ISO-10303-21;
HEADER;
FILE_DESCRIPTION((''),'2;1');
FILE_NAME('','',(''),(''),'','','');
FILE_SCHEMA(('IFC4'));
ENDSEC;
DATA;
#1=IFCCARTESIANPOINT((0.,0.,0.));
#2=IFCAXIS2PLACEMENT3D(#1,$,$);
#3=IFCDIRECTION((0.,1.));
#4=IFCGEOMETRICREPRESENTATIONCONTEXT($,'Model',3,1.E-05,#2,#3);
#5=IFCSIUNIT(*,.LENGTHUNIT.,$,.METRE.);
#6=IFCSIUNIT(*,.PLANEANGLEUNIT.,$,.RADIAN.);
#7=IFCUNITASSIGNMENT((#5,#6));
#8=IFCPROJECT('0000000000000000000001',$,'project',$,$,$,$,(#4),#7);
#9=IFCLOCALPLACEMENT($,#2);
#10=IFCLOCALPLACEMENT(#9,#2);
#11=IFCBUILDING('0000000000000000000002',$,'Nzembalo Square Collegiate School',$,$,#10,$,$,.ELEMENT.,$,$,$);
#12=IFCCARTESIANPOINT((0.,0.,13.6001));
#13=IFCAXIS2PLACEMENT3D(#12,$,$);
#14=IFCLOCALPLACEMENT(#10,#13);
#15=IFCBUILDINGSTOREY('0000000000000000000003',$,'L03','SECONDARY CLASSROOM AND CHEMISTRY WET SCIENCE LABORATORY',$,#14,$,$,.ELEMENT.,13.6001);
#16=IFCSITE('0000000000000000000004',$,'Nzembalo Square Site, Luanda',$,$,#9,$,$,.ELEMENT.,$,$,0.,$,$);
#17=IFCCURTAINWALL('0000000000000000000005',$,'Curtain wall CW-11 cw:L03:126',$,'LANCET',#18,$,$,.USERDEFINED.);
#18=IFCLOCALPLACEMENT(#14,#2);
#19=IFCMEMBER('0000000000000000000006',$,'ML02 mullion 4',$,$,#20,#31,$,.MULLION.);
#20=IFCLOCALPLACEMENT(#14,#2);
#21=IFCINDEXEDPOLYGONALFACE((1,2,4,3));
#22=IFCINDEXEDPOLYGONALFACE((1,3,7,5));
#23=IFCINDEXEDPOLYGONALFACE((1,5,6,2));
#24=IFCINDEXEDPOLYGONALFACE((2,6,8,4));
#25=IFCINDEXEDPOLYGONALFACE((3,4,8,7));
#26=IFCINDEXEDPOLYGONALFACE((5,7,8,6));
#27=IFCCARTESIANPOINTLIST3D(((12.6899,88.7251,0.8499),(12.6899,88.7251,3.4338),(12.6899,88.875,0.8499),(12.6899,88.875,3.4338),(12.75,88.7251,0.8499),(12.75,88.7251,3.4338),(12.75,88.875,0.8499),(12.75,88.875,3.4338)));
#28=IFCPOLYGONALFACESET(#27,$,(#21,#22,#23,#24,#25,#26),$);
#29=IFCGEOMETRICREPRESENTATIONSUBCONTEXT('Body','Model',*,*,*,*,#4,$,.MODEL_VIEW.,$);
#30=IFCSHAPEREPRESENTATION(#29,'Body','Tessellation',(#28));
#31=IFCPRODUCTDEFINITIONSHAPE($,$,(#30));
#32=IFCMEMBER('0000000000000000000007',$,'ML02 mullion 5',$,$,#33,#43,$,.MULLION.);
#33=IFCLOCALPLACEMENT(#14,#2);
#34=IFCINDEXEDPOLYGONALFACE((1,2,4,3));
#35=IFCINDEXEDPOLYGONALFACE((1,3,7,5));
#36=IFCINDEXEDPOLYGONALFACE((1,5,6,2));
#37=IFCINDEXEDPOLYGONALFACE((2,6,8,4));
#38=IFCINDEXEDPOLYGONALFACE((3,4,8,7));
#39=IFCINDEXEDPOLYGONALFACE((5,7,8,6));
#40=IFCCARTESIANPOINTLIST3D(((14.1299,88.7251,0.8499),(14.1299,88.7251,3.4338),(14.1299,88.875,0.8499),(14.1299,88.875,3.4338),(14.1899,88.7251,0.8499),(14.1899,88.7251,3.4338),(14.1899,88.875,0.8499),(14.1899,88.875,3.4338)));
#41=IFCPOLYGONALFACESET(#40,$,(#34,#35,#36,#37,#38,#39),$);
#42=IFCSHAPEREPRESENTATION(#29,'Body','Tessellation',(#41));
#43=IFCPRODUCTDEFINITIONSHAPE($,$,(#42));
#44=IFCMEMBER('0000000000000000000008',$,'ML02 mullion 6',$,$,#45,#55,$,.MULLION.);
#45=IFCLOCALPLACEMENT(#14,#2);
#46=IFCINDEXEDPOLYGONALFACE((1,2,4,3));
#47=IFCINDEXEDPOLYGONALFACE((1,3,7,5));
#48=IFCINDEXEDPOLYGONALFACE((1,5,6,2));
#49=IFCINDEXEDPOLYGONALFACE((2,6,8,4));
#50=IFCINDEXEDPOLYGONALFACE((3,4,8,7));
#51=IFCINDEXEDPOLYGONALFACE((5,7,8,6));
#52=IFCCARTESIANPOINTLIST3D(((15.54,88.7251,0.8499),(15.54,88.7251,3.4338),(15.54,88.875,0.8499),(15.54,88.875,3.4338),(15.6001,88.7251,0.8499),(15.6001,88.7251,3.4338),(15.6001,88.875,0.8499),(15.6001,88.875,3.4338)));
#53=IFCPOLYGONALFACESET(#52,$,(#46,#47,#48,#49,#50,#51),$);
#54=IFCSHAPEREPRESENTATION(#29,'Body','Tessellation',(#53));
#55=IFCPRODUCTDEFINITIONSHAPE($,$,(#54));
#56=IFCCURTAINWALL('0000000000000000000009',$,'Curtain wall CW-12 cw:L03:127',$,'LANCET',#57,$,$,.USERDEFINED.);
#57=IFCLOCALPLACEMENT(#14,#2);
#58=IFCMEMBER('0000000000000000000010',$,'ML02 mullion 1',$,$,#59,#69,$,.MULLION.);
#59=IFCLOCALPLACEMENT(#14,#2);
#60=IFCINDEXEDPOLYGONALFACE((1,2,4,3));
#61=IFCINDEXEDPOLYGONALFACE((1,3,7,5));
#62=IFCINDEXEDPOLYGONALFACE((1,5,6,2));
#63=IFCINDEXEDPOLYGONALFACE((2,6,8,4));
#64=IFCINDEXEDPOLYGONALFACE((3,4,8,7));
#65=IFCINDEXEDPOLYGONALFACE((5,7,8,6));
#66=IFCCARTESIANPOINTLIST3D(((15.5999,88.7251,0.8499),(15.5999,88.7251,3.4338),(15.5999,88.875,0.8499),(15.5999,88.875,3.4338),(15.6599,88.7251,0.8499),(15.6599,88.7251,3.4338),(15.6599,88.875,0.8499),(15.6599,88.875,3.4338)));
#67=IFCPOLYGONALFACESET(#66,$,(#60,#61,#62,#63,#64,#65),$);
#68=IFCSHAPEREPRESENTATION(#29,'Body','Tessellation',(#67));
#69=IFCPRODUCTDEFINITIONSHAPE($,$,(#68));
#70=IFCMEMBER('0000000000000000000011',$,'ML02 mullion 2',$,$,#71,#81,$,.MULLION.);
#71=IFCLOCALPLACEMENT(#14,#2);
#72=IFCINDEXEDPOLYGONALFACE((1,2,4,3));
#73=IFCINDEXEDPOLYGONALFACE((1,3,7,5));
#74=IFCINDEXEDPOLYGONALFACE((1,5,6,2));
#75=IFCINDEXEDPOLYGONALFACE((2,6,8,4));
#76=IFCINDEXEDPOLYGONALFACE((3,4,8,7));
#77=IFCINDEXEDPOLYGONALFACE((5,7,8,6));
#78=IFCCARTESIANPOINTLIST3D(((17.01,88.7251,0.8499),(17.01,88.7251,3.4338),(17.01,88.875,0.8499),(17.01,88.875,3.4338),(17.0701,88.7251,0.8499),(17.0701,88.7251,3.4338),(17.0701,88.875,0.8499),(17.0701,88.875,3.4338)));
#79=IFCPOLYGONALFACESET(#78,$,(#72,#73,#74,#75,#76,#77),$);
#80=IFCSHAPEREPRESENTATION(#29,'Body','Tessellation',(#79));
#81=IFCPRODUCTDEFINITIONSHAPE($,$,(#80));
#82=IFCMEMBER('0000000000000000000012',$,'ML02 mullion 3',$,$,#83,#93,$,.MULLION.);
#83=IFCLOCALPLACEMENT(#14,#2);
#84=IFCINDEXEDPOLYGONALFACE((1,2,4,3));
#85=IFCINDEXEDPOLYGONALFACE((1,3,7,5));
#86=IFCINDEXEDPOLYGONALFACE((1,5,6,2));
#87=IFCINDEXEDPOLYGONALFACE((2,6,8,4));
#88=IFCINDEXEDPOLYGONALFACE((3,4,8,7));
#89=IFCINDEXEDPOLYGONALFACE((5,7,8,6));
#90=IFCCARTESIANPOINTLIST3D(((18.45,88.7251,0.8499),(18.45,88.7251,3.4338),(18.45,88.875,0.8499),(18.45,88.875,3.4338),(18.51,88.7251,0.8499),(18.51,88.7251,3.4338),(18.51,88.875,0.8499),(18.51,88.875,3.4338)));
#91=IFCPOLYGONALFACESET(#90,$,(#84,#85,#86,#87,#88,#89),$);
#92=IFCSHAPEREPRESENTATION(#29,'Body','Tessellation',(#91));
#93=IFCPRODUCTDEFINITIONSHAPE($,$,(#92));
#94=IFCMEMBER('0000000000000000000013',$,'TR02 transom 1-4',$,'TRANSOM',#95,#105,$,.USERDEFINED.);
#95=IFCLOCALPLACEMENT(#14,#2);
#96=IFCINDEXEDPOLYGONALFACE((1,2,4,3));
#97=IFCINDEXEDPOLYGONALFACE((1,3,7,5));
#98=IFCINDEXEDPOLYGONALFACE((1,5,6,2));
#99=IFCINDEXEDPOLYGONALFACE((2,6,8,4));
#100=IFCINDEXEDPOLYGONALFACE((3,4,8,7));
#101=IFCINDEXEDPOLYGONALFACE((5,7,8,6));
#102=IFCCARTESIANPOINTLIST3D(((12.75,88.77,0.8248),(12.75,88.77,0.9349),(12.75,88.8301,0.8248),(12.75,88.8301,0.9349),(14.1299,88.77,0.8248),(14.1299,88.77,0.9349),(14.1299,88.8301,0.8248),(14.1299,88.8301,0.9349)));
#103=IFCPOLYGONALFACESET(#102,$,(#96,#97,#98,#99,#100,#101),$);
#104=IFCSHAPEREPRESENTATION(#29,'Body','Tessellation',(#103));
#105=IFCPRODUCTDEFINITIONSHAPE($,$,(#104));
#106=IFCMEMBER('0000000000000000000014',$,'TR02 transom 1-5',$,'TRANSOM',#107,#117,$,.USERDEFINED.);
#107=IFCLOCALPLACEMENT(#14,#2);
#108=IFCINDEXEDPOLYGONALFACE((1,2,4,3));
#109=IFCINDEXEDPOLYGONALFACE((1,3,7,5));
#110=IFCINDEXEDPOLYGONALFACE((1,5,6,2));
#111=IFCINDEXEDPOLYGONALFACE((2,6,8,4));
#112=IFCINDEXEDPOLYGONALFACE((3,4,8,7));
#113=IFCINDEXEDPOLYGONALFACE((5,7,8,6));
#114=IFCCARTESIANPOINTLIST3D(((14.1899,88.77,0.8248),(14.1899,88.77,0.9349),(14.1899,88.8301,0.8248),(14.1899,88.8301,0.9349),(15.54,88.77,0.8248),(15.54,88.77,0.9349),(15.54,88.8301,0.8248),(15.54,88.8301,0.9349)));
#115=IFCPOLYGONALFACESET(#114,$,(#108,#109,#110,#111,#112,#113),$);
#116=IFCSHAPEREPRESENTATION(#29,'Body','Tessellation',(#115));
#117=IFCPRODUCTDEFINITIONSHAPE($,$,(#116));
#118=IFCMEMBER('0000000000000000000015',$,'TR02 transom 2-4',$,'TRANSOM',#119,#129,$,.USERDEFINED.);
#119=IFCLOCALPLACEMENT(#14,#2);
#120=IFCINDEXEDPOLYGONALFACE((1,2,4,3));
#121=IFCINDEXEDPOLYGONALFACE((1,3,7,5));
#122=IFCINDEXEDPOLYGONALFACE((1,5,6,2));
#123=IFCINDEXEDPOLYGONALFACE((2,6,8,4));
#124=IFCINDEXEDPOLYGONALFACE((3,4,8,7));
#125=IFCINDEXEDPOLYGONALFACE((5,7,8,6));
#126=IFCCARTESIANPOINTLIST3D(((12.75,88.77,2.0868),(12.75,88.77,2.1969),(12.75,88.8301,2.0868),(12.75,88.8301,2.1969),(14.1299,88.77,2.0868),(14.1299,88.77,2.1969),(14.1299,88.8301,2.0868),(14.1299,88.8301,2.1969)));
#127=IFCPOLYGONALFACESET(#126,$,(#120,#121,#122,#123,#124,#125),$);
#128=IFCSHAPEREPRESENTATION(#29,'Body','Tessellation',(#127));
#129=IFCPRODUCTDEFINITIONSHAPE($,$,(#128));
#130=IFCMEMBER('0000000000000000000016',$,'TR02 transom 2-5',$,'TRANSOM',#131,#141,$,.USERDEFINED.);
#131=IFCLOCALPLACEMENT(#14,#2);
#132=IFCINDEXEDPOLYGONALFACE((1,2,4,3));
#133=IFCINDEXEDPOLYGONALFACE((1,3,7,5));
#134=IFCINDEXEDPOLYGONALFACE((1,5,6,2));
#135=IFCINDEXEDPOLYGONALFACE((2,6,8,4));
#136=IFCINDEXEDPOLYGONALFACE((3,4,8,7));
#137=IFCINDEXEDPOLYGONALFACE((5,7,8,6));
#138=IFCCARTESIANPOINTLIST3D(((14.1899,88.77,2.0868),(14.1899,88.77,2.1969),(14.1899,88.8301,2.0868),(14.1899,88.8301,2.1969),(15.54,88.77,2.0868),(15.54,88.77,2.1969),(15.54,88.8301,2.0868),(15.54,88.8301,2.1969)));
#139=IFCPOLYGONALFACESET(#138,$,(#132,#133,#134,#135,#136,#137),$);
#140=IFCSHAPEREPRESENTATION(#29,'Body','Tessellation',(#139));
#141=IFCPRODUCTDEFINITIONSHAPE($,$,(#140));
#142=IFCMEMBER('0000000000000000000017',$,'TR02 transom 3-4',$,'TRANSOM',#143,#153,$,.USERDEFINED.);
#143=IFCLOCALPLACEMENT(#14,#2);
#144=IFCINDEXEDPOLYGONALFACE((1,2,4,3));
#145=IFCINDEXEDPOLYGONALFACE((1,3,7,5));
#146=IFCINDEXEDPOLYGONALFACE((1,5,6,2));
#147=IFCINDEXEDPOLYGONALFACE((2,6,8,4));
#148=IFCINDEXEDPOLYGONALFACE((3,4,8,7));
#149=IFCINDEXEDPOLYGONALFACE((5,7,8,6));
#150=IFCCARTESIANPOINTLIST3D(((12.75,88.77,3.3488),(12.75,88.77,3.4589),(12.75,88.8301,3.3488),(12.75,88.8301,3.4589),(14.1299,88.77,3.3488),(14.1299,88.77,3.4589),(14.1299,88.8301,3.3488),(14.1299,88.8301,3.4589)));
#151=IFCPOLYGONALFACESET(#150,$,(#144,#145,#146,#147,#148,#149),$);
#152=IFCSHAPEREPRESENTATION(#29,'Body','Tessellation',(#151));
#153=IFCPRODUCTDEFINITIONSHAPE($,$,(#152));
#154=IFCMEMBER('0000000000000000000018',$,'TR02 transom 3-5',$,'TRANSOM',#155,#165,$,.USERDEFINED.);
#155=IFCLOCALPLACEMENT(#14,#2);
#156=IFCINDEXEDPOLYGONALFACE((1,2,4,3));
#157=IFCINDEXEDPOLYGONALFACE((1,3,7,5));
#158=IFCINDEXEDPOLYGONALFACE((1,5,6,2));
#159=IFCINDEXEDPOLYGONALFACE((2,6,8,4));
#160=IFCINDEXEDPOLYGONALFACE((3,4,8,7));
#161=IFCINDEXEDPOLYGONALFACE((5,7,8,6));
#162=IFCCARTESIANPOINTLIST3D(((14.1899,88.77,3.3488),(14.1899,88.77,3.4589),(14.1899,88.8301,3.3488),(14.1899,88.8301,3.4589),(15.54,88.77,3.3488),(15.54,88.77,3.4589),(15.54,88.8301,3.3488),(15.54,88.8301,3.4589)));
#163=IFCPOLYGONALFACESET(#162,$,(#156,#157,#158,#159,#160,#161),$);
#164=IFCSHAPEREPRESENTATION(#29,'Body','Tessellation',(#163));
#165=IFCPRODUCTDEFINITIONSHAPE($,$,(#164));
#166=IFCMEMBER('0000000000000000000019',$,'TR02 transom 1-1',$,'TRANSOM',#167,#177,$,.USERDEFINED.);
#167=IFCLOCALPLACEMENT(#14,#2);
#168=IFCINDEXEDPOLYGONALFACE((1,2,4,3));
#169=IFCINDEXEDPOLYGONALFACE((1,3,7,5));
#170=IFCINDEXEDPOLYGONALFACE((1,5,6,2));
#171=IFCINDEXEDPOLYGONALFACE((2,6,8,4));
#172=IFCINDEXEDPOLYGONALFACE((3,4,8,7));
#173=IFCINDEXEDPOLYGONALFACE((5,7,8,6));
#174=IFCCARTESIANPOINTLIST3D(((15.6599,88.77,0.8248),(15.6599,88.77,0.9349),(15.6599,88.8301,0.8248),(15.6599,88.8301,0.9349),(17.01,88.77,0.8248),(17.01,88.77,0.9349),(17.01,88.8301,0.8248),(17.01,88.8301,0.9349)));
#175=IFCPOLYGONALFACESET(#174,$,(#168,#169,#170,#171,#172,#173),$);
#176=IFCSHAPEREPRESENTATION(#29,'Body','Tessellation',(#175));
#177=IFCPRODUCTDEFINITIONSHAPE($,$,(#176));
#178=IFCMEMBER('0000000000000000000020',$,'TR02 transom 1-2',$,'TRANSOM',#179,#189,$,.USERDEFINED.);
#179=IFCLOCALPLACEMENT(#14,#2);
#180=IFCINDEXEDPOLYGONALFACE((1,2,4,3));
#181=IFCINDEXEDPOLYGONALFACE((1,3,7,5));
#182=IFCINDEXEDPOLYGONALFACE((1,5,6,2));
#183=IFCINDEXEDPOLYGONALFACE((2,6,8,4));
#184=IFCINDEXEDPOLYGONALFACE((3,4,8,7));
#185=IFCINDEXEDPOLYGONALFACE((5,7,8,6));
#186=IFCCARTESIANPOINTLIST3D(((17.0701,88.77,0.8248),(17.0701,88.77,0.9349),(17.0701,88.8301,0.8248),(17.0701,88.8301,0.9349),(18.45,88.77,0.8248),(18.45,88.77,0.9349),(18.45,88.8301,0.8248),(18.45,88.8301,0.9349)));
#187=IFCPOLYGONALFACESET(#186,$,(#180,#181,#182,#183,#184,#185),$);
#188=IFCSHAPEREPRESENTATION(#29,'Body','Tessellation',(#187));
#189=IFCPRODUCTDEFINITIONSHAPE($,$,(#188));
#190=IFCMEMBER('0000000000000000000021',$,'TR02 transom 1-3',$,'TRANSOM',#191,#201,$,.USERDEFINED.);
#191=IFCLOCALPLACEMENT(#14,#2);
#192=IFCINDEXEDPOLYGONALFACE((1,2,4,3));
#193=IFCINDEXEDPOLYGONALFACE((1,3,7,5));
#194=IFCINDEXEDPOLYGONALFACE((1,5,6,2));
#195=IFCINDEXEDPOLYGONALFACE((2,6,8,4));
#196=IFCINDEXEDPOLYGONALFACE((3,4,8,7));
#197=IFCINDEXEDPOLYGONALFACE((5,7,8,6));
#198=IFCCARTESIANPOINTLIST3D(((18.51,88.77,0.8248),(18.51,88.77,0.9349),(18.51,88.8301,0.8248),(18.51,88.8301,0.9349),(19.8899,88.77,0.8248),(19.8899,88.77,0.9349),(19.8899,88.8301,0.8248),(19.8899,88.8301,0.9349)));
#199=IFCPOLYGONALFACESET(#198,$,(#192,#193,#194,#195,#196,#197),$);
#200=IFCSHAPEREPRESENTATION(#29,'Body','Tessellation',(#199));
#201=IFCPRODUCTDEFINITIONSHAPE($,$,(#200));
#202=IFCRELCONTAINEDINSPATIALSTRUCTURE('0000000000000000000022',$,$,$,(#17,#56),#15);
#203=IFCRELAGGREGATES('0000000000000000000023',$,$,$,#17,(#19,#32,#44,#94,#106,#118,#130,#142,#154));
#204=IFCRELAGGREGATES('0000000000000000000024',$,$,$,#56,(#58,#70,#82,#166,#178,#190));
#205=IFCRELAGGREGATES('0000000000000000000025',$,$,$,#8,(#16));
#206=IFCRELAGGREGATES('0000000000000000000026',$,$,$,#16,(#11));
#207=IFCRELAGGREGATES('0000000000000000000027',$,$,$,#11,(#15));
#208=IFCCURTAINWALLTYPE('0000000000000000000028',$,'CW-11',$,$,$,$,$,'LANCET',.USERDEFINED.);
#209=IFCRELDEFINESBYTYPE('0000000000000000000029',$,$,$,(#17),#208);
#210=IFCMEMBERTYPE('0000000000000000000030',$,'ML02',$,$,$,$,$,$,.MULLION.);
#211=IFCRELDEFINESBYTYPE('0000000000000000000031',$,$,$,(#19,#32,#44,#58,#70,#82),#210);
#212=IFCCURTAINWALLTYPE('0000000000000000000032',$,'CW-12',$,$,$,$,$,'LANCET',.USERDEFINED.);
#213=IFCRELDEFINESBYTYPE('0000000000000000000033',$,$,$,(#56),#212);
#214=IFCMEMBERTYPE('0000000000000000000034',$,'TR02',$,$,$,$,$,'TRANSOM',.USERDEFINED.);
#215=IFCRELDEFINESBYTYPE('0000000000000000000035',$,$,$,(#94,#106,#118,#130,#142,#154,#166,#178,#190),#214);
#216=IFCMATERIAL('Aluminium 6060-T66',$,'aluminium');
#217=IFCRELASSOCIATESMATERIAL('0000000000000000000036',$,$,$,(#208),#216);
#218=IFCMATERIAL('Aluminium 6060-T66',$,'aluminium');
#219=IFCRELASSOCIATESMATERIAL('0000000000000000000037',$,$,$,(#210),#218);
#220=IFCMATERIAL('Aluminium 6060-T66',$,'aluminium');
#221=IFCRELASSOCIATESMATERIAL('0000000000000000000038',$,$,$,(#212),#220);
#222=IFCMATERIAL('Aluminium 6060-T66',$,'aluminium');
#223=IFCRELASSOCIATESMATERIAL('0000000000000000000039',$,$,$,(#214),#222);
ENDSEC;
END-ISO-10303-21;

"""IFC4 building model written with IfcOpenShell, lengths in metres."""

from ifc_helpers import new_model, si_unit, direction, frame, origin, origin_2d, place, context, subcontext, project, spatial, rectangle, extrude, material, material_profile, profile_set, type_object, element, aggregate, save


model = new_model("IFC4")

# Units and contexts
model_context = context("Model", 3, precision=1e-05, world=origin(), true_north=direction((0.0, 1.0)))
body_context = subcontext(model_context, "Body", "Model", "MODEL_VIEW")
ifc_project = project(units=[si_unit("LENGTHUNIT", "METRE"), si_unit("PLANEANGLEUNIT", "RADIAN")], contexts=[model_context])

# Site, building, storey
site_placement = place(None, origin())
site = spatial("IfcSite", under=ifc_project, at=site_placement, Name="Nzembalo Square Site, Luanda", CompositionType="ELEMENT", RefElevation=0.0)
building_placement = place(site_placement, origin())
building = spatial("IfcBuilding", under=site, at=building_placement, Name="Nzembalo Square Collegiate School", CompositionType="ELEMENT")
storey_placement = place(building_placement, frame((0.0, 0.0, 13.6001)))
storey = spatial("IfcBuildingStorey", under=building, at=storey_placement, Name="L03", Description="SECONDARY CLASSROOM AND CHEMISTRY WET SCIENCE LABORATORY", CompositionType="ELEMENT", Elevation=13.6001)

# Curtain walls, members
ifc_material_1 = material(Name="Aluminium 6060-T66", Category="aluminium")
curtain_wall_type_1 = type_object("IfcCurtainWallType", Name="CW-11", ElementType="LANCET", PredefinedType="USERDEFINED", material=ifc_material_1)
curtain_wall_1_placement = place(storey_placement, origin())
curtain_wall_1 = element("IfcCurtainWall", 1, at=curtain_wall_1_placement, inside=storey, type_object=curtain_wall_type_1, Name="Curtain wall CW-11 cw:L03:126", ObjectType="LANCET", PredefinedType="USERDEFINED")
ifc_material_2 = material(Name="Aluminium 6060-T66", Category="aluminium")
ifc_material_profile_1 = material_profile(ifc_material_2, rectangle(XDim=0.0601, YDim=0.1499, at=origin_2d()), Name="ALU M60x150")
ifc_profile_set_1 = profile_set([ifc_material_profile_1], Name="Aluminium 6060-T66")
member_type_1 = type_object("IfcMemberType", Name="ML02", PredefinedType="MULLION", material=ifc_profile_set_1)
member_1_placement = place(storey_placement, frame((12.72, 88.8, 0.8499), z_axis=(0.0, 0.0, 1.0), x_axis=(1.0, 0.0, 0.0)))
member_1 = element("IfcMember", 2, at=member_1_placement, type_object=member_type_1, Name="ML02 mullion 4", PredefinedType="MULLION", context=body_context, shape_type="SweptSolid", body=[
    extrude(rectangle(XDim=0.0601, YDim=0.1499, at=origin_2d()), origin(), (0.0, 0.0, 1.0), 2.584),
])
member_2_placement = place(storey_placement, frame((14.1599, 88.8, 0.8499), z_axis=(0.0, 0.0, 1.0), x_axis=(1.0, 0.0, 0.0)))
member_2 = element("IfcMember", 3, at=member_2_placement, type_object=member_type_1, Name="ML02 mullion 5", PredefinedType="MULLION", context=body_context, shape_type="SweptSolid", body=[
    extrude(rectangle(XDim=0.0601, YDim=0.1499, at=origin_2d()), origin(), (0.0, 0.0, 1.0), 2.584),
])
member_3_placement = place(storey_placement, frame((15.5701, 88.8, 0.8499), z_axis=(0.0, 0.0, 1.0), x_axis=(1.0, 0.0, 0.0)))
member_3 = element("IfcMember", 4, at=member_3_placement, type_object=member_type_1, Name="ML02 mullion 6", PredefinedType="MULLION", context=body_context, shape_type="SweptSolid", body=[
    extrude(rectangle(XDim=0.0601, YDim=0.1499, at=origin_2d()), origin(), (0.0, 0.0, 1.0), 2.584),
])
ifc_material_3 = material(Name="Aluminium 6060-T66", Category="aluminium")
curtain_wall_type_2 = type_object("IfcCurtainWallType", Name="CW-12", ElementType="LANCET", PredefinedType="USERDEFINED", material=ifc_material_3)
curtain_wall_2_placement = place(storey_placement, origin())
curtain_wall_2 = element("IfcCurtainWall", 5, at=curtain_wall_2_placement, inside=storey, type_object=curtain_wall_type_2, Name="Curtain wall CW-12 cw:L03:127", ObjectType="LANCET", PredefinedType="USERDEFINED")
member_4_placement = place(storey_placement, frame((15.6299, 88.8, 0.8499), z_axis=(0.0, 0.0, 1.0), x_axis=(1.0, 0.0, 0.0)))
member_4 = element("IfcMember", 6, at=member_4_placement, type_object=member_type_1, Name="ML02 mullion 1", PredefinedType="MULLION", context=body_context, shape_type="SweptSolid", body=[
    extrude(rectangle(XDim=0.0601, YDim=0.1499, at=origin_2d()), origin(), (0.0, 0.0, 1.0), 2.584),
])
member_5_placement = place(storey_placement, frame((17.04, 88.8, 0.8499), z_axis=(0.0, 0.0, 1.0), x_axis=(1.0, 0.0, 0.0)))
member_5 = element("IfcMember", 7, at=member_5_placement, type_object=member_type_1, Name="ML02 mullion 2", PredefinedType="MULLION", context=body_context, shape_type="SweptSolid", body=[
    extrude(rectangle(XDim=0.0601, YDim=0.1499, at=origin_2d()), origin(), (0.0, 0.0, 1.0), 2.584),
])
member_6_placement = place(storey_placement, frame((18.48, 88.8, 0.8499), z_axis=(0.0, 0.0, 1.0), x_axis=(1.0, 0.0, 0.0)))
member_6 = element("IfcMember", 8, at=member_6_placement, type_object=member_type_1, Name="ML02 mullion 3", PredefinedType="MULLION", context=body_context, shape_type="SweptSolid", body=[
    extrude(rectangle(XDim=0.0601, YDim=0.1499, at=origin_2d()), origin(), (0.0, 0.0, 1.0), 2.584),
])

# Members
ifc_material_4 = material(Name="Aluminium 6060-T66", Category="aluminium")
ifc_material_profile_2 = material_profile(ifc_material_4, rectangle(XDim=0.0601, YDim=0.1101, at=origin_2d()), Name="ALU T60x110")
ifc_profile_set_2 = profile_set([ifc_material_profile_2], Name="Aluminium 6060-T66")
member_type_2 = type_object("IfcMemberType", Name="TR02", ElementType="TRANSOM", PredefinedType="USERDEFINED", material=ifc_profile_set_2)
member_7_placement = place(storey_placement, frame((12.75, 88.8, 0.8799), z_axis=(1.0, 0.0, 0.0), x_axis=(0.0, 1.0, 0.0)))
member_7 = element("IfcMember", 9, at=member_7_placement, type_object=member_type_2, Name="TR02 transom 1-4", ObjectType="TRANSOM", PredefinedType="USERDEFINED", context=body_context, shape_type="SweptSolid", body=[
    extrude(rectangle(XDim=0.0601, YDim=0.1101, at=origin_2d()), origin(), (0.0, 0.0, 1.0), 1.3799),
])
member_8_placement = place(storey_placement, frame((14.1899, 88.8, 0.8799), z_axis=(1.0, 0.0, 0.0), x_axis=(0.0, 1.0, 0.0)))
member_8 = element("IfcMember", 10, at=member_8_placement, type_object=member_type_2, Name="TR02 transom 1-5", ObjectType="TRANSOM", PredefinedType="USERDEFINED", context=body_context, shape_type="SweptSolid", body=[
    extrude(rectangle(XDim=0.0601, YDim=0.1101, at=origin_2d()), origin(), (0.0, 0.0, 1.0), 1.3501),
])
member_9_placement = place(storey_placement, frame((12.75, 88.8, 2.1418), z_axis=(1.0, 0.0, 0.0), x_axis=(0.0, 1.0, 0.0)))
member_9 = element("IfcMember", 11, at=member_9_placement, type_object=member_type_2, Name="TR02 transom 2-4", ObjectType="TRANSOM", PredefinedType="USERDEFINED", context=body_context, shape_type="SweptSolid", body=[
    extrude(rectangle(XDim=0.0601, YDim=0.1101, at=origin_2d()), origin(), (0.0, 0.0, 1.0), 1.3799),
])
member_10_placement = place(storey_placement, frame((14.1899, 88.8, 2.1418), z_axis=(1.0, 0.0, 0.0), x_axis=(0.0, 1.0, 0.0)))
member_10 = element("IfcMember", 12, at=member_10_placement, type_object=member_type_2, Name="TR02 transom 2-5", ObjectType="TRANSOM", PredefinedType="USERDEFINED", context=body_context, shape_type="SweptSolid", body=[
    extrude(rectangle(XDim=0.0601, YDim=0.1101, at=origin_2d()), origin(), (0.0, 0.0, 1.0), 1.3501),
])
member_11_placement = place(storey_placement, frame((12.75, 88.8, 3.4038), z_axis=(1.0, 0.0, 0.0), x_axis=(0.0, 1.0, 0.0)))
member_11 = element("IfcMember", 13, at=member_11_placement, type_object=member_type_2, Name="TR02 transom 3-4", ObjectType="TRANSOM", PredefinedType="USERDEFINED", context=body_context, shape_type="SweptSolid", body=[
    extrude(rectangle(XDim=0.0601, YDim=0.1101, at=origin_2d()), origin(), (0.0, 0.0, 1.0), 1.3799),
])
member_12_placement = place(storey_placement, frame((14.1899, 88.8, 3.4038), z_axis=(1.0, 0.0, 0.0), x_axis=(0.0, 1.0, 0.0)))
member_12 = element("IfcMember", 14, at=member_12_placement, type_object=member_type_2, Name="TR02 transom 3-5", ObjectType="TRANSOM", PredefinedType="USERDEFINED", context=body_context, shape_type="SweptSolid", body=[
    extrude(rectangle(XDim=0.0601, YDim=0.1101, at=origin_2d()), origin(), (0.0, 0.0, 1.0), 1.3501),
])
member_13_placement = place(storey_placement, frame((15.6599, 88.8, 0.8799), z_axis=(1.0, 0.0, 0.0), x_axis=(0.0, 1.0, 0.0)))
member_13 = element("IfcMember", 15, at=member_13_placement, type_object=member_type_2, Name="TR02 transom 1-1", ObjectType="TRANSOM", PredefinedType="USERDEFINED", context=body_context, shape_type="SweptSolid", body=[
    extrude(rectangle(XDim=0.0601, YDim=0.1101, at=origin_2d()), origin(), (0.0, 0.0, 1.0), 1.3501),
])
member_14_placement = place(storey_placement, frame((17.0701, 88.8, 0.8799), z_axis=(1.0, 0.0, 0.0), x_axis=(0.0, 1.0, 0.0)))
member_14 = element("IfcMember", 16, at=member_14_placement, type_object=member_type_2, Name="TR02 transom 1-2", ObjectType="TRANSOM", PredefinedType="USERDEFINED", context=body_context, shape_type="SweptSolid", body=[
    extrude(rectangle(XDim=0.0601, YDim=0.1101, at=origin_2d()), origin(), (0.0, 0.0, 1.0), 1.3799),
])
member_15_placement = place(storey_placement, frame((18.51, 88.8, 0.8799), z_axis=(1.0, 0.0, 0.0), x_axis=(0.0, 1.0, 0.0)))
member_15 = element("IfcMember", 17, at=member_15_placement, type_object=member_type_2, Name="TR02 transom 1-3", ObjectType="TRANSOM", PredefinedType="USERDEFINED", context=body_context, shape_type="SweptSolid", body=[
    extrude(rectangle(XDim=0.0601, YDim=0.1101, at=origin_2d()), origin(), (0.0, 0.0, 1.0), 1.3799),
])

aggregate(curtain_wall_1, [member_1, member_2, member_3, member_7, member_8, member_9, member_10, member_11, member_12])
aggregate(curtain_wall_2, [member_4, member_5, member_6, member_13, member_14, member_15])

save(model, "model.ifc")
